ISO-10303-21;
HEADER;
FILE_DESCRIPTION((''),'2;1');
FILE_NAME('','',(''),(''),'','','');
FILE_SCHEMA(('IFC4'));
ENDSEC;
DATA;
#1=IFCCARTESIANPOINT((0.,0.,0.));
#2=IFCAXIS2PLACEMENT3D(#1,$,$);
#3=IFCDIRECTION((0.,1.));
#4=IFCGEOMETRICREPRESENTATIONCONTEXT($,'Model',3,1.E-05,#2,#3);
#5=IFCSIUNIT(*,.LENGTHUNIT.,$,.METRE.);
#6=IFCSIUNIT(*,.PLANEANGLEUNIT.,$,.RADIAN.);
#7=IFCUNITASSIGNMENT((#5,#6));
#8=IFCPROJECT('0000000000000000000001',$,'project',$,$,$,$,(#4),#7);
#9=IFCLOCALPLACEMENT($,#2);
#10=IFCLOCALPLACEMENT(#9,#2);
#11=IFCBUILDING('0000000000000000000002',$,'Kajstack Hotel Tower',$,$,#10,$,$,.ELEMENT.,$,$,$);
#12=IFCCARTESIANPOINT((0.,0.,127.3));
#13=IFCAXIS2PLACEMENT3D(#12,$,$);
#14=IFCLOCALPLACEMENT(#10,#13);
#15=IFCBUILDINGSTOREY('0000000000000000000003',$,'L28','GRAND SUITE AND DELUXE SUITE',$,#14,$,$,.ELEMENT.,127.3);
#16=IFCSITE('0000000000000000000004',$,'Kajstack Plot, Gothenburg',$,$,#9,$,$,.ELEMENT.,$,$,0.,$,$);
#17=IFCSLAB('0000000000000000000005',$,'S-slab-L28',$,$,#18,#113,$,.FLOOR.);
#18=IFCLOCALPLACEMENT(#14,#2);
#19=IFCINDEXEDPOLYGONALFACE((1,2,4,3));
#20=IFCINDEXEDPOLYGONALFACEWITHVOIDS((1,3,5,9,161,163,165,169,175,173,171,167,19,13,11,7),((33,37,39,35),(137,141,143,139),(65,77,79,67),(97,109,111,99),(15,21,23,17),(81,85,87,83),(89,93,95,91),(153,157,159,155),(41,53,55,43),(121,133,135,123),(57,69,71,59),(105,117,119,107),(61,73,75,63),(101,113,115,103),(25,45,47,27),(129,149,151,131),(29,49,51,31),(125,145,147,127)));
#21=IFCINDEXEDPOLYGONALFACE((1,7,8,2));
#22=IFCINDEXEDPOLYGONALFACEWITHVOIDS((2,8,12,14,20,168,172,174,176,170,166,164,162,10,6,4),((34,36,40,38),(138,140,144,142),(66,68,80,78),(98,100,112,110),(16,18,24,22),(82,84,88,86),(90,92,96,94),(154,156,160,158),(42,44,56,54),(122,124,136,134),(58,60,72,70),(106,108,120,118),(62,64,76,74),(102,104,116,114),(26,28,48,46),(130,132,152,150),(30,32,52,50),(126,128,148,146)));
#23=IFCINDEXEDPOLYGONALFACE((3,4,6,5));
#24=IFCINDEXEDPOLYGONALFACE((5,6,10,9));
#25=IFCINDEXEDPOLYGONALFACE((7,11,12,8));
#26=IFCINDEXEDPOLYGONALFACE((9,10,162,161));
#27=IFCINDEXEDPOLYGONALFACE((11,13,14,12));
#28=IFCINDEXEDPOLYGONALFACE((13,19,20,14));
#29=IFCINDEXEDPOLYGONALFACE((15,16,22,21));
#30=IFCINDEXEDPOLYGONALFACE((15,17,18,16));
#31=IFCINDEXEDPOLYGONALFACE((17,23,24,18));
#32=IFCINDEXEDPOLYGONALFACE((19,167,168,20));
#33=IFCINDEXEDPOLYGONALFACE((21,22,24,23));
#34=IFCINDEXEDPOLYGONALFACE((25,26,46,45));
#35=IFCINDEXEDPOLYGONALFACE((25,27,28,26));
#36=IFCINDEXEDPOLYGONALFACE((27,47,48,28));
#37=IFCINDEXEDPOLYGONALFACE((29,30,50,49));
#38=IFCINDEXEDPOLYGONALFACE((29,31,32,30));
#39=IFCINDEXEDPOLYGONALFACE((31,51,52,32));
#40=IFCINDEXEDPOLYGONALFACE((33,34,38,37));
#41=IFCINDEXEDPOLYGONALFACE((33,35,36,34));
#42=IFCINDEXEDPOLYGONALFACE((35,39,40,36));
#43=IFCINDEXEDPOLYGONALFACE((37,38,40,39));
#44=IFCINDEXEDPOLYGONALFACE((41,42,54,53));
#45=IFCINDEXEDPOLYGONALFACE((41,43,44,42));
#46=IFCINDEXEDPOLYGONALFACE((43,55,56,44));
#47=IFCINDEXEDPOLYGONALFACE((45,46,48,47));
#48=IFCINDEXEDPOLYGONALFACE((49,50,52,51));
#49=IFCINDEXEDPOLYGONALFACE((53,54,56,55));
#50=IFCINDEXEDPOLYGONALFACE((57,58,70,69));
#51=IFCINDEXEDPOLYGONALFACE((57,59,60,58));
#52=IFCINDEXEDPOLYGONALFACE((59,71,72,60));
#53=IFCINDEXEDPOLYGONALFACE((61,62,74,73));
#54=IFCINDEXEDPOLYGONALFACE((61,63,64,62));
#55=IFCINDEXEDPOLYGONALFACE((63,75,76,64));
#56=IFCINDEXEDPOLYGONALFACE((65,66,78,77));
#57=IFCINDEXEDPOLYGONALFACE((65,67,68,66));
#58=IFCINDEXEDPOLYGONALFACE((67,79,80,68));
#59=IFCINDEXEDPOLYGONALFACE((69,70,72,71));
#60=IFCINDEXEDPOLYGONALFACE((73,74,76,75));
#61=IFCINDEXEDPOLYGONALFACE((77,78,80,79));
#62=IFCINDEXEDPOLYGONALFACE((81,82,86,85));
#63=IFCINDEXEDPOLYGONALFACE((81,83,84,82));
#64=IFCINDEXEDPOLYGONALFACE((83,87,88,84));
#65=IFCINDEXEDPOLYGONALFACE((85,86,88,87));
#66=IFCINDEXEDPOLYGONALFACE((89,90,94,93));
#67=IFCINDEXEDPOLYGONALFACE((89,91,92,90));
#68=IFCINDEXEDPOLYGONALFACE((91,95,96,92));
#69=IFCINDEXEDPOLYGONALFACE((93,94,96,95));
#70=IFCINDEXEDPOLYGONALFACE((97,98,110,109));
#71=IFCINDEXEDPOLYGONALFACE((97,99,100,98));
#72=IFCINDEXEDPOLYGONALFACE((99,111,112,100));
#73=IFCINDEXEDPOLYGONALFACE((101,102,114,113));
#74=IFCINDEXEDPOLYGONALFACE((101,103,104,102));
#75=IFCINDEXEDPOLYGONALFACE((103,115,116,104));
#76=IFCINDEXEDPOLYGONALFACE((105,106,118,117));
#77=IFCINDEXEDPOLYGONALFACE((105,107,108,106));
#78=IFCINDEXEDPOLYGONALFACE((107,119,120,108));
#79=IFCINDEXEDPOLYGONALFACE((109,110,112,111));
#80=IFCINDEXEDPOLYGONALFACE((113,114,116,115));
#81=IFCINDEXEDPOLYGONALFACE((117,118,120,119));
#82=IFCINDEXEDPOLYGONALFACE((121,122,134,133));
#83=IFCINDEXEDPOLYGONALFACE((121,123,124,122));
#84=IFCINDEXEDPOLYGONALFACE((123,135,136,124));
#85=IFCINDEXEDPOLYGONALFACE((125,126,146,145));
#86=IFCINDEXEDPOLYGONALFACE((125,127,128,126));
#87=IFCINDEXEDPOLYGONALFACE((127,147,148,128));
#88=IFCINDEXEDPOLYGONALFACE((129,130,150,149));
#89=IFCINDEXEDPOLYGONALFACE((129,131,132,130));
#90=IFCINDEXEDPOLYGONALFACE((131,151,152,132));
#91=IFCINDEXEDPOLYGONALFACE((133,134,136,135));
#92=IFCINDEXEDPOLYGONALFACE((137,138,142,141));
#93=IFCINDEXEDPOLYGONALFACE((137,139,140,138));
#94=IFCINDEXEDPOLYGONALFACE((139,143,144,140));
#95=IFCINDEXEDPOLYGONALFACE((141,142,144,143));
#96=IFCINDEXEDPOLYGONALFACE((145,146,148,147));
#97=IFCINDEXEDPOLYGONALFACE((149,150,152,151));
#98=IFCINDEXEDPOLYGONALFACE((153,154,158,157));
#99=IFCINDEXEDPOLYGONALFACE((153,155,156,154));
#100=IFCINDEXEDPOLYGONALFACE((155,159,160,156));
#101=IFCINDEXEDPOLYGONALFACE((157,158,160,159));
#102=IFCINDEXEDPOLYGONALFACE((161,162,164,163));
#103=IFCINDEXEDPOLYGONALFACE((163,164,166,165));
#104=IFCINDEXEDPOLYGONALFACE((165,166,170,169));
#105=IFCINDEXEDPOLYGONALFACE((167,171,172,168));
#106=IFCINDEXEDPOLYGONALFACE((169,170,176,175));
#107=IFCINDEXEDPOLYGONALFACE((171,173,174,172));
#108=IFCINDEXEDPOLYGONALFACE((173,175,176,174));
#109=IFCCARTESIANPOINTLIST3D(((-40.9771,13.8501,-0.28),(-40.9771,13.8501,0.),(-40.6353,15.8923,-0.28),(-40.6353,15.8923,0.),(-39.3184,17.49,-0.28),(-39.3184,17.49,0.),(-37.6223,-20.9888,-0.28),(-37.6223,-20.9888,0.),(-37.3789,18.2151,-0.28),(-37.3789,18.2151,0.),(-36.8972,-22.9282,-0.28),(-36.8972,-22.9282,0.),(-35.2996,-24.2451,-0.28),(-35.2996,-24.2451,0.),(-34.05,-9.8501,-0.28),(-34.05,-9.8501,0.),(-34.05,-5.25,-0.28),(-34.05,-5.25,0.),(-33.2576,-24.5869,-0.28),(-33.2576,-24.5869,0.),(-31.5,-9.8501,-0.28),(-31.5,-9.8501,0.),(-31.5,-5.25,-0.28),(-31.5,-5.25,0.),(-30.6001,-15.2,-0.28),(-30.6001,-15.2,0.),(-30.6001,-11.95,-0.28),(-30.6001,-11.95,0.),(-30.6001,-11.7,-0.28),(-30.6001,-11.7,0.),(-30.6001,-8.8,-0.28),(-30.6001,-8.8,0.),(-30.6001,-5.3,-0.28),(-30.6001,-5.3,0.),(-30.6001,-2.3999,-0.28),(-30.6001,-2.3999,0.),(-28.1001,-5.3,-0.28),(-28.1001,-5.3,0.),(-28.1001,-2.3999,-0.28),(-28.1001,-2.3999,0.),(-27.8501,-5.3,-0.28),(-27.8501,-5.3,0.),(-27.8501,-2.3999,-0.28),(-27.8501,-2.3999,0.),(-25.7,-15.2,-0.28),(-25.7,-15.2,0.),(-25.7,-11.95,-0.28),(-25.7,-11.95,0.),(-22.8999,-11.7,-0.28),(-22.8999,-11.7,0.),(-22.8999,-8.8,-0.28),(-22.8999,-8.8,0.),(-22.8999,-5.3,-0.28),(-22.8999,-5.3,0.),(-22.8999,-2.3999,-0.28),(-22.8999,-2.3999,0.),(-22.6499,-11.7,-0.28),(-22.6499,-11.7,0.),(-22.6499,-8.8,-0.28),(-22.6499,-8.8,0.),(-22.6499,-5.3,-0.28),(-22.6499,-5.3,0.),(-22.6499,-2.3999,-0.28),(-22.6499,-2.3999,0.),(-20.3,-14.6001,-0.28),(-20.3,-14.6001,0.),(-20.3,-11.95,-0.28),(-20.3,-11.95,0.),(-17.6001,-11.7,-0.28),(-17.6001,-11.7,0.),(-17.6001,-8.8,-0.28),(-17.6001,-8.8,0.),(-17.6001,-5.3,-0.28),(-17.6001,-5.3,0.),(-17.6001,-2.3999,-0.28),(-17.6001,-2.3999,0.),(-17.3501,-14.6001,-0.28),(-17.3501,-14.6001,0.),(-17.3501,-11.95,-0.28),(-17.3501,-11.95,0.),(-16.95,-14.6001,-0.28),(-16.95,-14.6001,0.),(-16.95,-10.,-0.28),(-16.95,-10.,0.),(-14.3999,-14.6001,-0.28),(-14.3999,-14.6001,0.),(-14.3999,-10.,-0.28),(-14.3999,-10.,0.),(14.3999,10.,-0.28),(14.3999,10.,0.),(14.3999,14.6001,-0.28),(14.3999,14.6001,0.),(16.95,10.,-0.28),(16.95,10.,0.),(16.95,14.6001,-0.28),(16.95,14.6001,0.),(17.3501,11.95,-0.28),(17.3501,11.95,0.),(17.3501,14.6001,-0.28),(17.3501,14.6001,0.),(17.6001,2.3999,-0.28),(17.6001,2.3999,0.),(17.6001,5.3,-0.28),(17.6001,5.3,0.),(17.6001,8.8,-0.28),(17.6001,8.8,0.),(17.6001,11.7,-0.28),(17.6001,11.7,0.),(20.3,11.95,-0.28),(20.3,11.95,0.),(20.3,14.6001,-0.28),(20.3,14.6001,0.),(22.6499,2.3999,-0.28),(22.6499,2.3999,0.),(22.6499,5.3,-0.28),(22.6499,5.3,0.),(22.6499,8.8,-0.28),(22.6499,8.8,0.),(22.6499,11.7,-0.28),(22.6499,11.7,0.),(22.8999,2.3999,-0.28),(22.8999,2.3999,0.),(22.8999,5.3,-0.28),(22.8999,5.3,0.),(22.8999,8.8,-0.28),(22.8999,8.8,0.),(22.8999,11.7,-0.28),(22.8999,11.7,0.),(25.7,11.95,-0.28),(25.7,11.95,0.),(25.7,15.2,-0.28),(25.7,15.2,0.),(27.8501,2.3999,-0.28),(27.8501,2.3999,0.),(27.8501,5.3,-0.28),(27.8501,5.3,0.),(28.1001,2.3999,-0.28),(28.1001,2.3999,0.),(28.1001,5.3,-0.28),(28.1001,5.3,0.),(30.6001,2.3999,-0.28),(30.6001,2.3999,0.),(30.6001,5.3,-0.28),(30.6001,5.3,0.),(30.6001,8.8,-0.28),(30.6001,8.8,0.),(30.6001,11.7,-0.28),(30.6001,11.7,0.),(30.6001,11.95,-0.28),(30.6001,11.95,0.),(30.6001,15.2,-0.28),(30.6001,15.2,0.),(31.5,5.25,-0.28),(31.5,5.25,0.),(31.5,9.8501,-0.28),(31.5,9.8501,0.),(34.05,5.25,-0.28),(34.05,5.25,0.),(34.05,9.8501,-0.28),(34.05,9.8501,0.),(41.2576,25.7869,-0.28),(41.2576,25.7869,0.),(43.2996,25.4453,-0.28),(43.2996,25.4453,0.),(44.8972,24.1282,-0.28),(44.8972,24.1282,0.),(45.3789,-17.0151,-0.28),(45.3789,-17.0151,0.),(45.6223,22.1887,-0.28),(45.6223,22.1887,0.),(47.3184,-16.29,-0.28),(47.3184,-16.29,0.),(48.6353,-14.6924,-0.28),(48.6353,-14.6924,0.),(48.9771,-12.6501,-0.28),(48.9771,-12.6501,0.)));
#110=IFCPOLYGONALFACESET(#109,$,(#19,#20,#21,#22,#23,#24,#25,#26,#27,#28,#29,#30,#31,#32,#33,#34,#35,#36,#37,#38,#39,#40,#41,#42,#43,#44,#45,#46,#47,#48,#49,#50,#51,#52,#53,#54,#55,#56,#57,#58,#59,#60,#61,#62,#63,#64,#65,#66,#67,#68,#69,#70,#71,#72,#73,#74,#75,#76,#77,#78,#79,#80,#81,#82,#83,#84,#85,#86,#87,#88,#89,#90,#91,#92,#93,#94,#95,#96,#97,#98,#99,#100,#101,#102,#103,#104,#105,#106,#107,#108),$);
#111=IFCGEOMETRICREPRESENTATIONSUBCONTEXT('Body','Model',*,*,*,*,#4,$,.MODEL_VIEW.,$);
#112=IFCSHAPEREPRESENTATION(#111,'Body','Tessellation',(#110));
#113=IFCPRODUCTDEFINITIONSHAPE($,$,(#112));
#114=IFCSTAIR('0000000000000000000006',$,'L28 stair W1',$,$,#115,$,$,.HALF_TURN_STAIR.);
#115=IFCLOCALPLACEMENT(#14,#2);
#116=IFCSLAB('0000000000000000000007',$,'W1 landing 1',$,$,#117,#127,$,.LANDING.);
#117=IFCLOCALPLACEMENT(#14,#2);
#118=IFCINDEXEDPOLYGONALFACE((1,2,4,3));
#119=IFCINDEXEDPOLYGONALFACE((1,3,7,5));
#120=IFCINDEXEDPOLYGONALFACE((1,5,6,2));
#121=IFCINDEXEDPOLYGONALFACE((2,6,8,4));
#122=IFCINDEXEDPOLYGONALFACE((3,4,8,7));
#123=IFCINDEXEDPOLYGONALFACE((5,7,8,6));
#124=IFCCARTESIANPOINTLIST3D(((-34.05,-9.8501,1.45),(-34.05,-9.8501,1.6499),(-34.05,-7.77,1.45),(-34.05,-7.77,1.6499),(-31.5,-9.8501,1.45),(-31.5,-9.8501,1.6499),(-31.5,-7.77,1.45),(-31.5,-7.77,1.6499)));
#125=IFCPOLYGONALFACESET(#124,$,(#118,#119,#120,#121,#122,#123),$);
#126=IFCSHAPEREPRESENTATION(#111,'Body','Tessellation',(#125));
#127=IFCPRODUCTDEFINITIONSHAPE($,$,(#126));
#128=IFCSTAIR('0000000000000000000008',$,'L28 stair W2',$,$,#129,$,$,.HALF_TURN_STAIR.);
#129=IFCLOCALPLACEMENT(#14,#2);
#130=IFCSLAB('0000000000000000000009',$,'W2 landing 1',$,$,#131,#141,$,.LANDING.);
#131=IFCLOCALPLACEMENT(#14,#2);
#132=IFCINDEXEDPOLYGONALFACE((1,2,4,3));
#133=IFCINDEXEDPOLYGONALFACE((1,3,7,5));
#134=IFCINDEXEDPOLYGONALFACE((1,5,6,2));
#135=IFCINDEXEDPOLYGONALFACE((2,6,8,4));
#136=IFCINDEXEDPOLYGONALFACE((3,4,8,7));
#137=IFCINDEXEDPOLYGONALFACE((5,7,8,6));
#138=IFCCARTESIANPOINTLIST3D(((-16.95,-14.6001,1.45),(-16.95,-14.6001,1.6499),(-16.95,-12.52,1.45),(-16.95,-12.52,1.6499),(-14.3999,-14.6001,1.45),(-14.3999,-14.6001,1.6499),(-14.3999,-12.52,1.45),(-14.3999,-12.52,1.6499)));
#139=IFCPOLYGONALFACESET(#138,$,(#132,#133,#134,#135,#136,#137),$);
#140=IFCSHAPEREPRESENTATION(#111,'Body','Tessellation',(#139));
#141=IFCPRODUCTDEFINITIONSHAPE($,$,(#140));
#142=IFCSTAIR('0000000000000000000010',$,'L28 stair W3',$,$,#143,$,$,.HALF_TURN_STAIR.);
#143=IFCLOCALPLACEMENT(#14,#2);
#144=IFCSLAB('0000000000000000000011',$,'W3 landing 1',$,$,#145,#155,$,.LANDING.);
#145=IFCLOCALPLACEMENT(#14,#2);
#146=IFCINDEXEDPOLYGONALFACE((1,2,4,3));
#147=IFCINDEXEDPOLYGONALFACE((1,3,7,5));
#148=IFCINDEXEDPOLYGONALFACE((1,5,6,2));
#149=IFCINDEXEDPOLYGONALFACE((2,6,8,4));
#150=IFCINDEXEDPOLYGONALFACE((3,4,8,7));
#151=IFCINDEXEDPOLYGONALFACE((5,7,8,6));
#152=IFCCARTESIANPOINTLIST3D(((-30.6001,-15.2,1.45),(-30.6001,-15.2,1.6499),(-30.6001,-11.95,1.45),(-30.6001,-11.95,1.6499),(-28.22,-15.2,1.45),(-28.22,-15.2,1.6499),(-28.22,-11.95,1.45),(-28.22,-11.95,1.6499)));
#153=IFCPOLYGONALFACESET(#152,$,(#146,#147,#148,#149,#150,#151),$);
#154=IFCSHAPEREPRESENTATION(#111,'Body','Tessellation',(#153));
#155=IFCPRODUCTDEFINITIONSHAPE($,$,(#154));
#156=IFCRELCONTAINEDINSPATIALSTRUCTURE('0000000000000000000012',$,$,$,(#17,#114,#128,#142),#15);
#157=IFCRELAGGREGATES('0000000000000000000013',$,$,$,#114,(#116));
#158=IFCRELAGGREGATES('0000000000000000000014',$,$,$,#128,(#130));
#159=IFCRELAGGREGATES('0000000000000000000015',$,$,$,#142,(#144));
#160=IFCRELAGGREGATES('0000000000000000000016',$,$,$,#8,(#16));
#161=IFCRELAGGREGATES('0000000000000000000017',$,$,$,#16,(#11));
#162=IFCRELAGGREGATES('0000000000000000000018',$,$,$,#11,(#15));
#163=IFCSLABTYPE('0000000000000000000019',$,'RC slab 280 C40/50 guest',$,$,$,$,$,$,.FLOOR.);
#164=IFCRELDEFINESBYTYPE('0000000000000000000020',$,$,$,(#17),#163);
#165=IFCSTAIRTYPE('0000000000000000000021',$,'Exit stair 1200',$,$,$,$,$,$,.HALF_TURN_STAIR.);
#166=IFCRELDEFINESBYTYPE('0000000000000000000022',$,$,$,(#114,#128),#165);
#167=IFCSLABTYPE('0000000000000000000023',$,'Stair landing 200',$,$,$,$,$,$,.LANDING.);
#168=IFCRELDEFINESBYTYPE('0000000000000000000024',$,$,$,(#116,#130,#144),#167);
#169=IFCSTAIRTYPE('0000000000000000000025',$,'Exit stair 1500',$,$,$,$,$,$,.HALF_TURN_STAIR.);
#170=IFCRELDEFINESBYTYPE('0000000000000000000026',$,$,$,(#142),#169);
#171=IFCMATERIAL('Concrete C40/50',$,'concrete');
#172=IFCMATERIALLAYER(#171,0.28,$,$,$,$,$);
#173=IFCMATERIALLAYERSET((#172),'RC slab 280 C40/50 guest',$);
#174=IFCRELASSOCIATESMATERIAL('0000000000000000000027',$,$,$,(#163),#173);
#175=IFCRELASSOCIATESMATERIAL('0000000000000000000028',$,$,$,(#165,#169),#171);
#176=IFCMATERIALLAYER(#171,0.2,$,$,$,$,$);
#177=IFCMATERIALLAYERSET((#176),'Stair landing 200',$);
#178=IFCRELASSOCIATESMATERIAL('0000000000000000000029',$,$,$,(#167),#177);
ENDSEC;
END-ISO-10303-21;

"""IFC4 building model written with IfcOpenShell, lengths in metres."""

from ifc_helpers import new_model, si_unit, direction, frame, origin, place, context, subcontext, project, spatial, polyline, outline, extrude, material, layer, layer_set, type_object, element, aggregate, save


model = new_model("IFC4")

# Units and contexts
model_context = context("Model", 3, precision=1e-05, world=origin(), true_north=direction((0.0, 1.0)))
body_context = subcontext(model_context, "Body", "Model", "MODEL_VIEW")
ifc_project = project(units=[si_unit("LENGTHUNIT", "METRE"), si_unit("PLANEANGLEUNIT", "RADIAN")], contexts=[model_context])

# Site, building, storey
site_placement = place(None, origin())
site = spatial("IfcSite", under=ifc_project, at=site_placement, Name="Kajstack Plot, Gothenburg", CompositionType="ELEMENT", RefElevation=0.0)
building_placement = place(site_placement, origin())
building = spatial("IfcBuilding", under=site, at=building_placement, Name="Kajstack Hotel Tower", CompositionType="ELEMENT")
storey_placement = place(building_placement, frame((0.0, 0.0, 127.3)))
storey = spatial("IfcBuildingStorey", under=building, at=storey_placement, Name="L28", Description="GRAND SUITE AND DELUXE SUITE", CompositionType="ELEMENT", Elevation=127.3)

# Slab
ifc_material_1 = material(Name="Concrete C40/50", Category="concrete")
ifc_layer_1 = layer(ifc_material_1, 0.28)
ifc_layer_set_1 = layer_set([ifc_layer_1], Name="RC slab 280 C40/50 guest")
slab_type_1 = type_object("IfcSlabType", Name="RC slab 280 C40/50 guest", PredefinedType="FLOOR", material=ifc_layer_set_1)
slab_1_placement = place(storey_placement, frame((0.0, 0.0, -0.28)))
element("IfcSlab", 1, at=slab_1_placement, inside=storey, type_object=slab_type_1, Name="S-slab-L28", PredefinedType="FLOOR", context=body_context, shape_type="SweptSolid", body=[
    extrude(outline(polyline([(-40.9771, 13.8501), (-37.6223, -20.9888), (-36.8972, -22.9282), (-35.2996, -24.2451), (-33.2576, -24.5869), (45.3789, -17.0151), (47.3184, -16.29), (48.6353, -14.6924), (48.9771, -12.6501), (45.6223, 22.1887), (44.8972, 24.1282), (43.2996, 25.4453), (41.2576, 25.7869), (-37.3789, 18.2151), (-39.3184, 17.49), (-40.6353, 15.8923), (-40.9771, 13.8501)]), holes=[polyline([(-30.6001, -11.7), (-30.6001, -8.8), (-22.8999, -8.8), (-22.8999, -11.7), (-30.6001, -11.7)]), polyline([(-22.6499, -11.7), (-22.6499, -8.8), (-17.6001, -8.8), (-17.6001, -11.7), (-22.6499, -11.7)]), polyline([(-27.8501, -5.3), (-27.8501, -2.3999), (-22.8999, -2.3999), (-22.8999, -5.3), (-27.8501, -5.3)]), polyline([(-22.6499, -5.3), (-22.6499, -2.3999), (-17.6001, -2.3999), (-17.6001, -5.3), (-22.6499, -5.3)]), polyline([(-20.3, -14.6001), (-17.3501, -14.6001), (-17.3501, -11.95), (-20.3, -11.95), (-20.3, -14.6001)]), polyline([(-30.6001, -5.3), (-28.1001, -5.3), (-28.1001, -2.3999), (-30.6001, -2.3999), (-30.6001, -5.3)]), polyline([(22.8999, 8.8), (22.8999, 11.7), (30.6001, 11.7), (30.6001, 8.8), (22.8999, 8.8)]), polyline([(17.6001, 8.8), (17.6001, 11.7), (22.6499, 11.7), (22.6499, 8.8), (17.6001, 8.8)]), polyline([(22.8999, 2.3999), (22.8999, 5.3), (27.8501, 5.3), (27.8501, 2.3999), (22.8999, 2.3999)]), polyline([(17.6001, 2.3999), (17.6001, 5.3), (22.6499, 5.3), (22.6499, 2.3999), (17.6001, 2.3999)]), polyline([(20.3, 14.6001), (17.3501, 14.6001), (17.3501, 11.95), (20.3, 11.95), (20.3, 14.6001)]), polyline([(30.6001, 5.3), (28.1001, 5.3), (28.1001, 2.3999), (30.6001, 2.3999), (30.6001, 5.3)]), polyline([(-34.05, -9.8501), (-31.5, -9.8501), (-31.5, -5.25), (-34.05, -5.25), (-34.05, -9.8501)]), polyline([(-16.95, -14.6001), (-14.3999, -14.6001), (-14.3999, -10.0), (-16.95, -10.0), (-16.95, -14.6001)]), polyline([(-30.6001, -15.2), (-25.7, -15.2), (-25.7, -11.95), (-30.6001, -11.95), (-30.6001, -15.2)]), polyline([(34.05, 9.8501), (31.5, 9.8501), (31.5, 5.25), (34.05, 5.25), (34.05, 9.8501)]), polyline([(16.95, 14.6001), (14.3999, 14.6001), (14.3999, 10.0), (16.95, 10.0), (16.95, 14.6001)]), polyline([(30.6001, 15.2), (25.7, 15.2), (25.7, 11.95), (30.6001, 11.95), (30.6001, 15.2)])]), origin(), (0.0, 0.0, 1.0), 0.28),
])

# Stairs, slabs
stair_type_1 = type_object("IfcStairType", Name="Exit stair 1200", PredefinedType="HALF_TURN_STAIR", material=ifc_material_1)
stair_1_placement = place(storey_placement, origin())
stair_1 = element("IfcStair", 2, at=stair_1_placement, inside=storey, type_object=stair_type_1, Name="L28 stair W1", PredefinedType="HALF_TURN_STAIR")
ifc_layer_2 = layer(ifc_material_1, 0.2)
ifc_layer_set_2 = layer_set([ifc_layer_2], Name="Stair landing 200")
slab_type_2 = type_object("IfcSlabType", Name="Stair landing 200", PredefinedType="LANDING", material=ifc_layer_set_2)
slab_2_placement = place(storey_placement, frame((0.0, 0.0, 1.45)))
slab_2 = element("IfcSlab", 3, at=slab_2_placement, type_object=slab_type_2, Name="W1 landing 1", PredefinedType="LANDING", context=body_context, shape_type="SweptSolid", body=[
    extrude(outline(polyline([(-34.05, -7.77), (-34.05, -9.8501), (-31.5, -9.8501), (-31.5, -7.77), (-34.05, -7.77)])), origin(), (0.0, 0.0, 1.0), 0.2),
])
aggregate(stair_1, [slab_2])
stair_2_placement = place(storey_placement, origin())
stair_2 = element("IfcStair", 4, at=stair_2_placement, inside=storey, type_object=stair_type_1, Name="L28 stair W2", PredefinedType="HALF_TURN_STAIR")
slab_3_placement = place(storey_placement, frame((0.0, 0.0, 1.45)))
slab_3 = element("IfcSlab", 5, at=slab_3_placement, type_object=slab_type_2, Name="W2 landing 1", PredefinedType="LANDING", context=body_context, shape_type="SweptSolid", body=[
    extrude(outline(polyline([(-16.95, -12.52), (-16.95, -14.6001), (-14.3999, -14.6001), (-14.3999, -12.52), (-16.95, -12.52)])), origin(), (0.0, 0.0, 1.0), 0.2),
])
aggregate(stair_2, [slab_3])
stair_type_2 = type_object("IfcStairType", Name="Exit stair 1500", PredefinedType="HALF_TURN_STAIR", material=ifc_material_1)
stair_3_placement = place(storey_placement, origin())
stair_3 = element("IfcStair", 6, at=stair_3_placement, inside=storey, type_object=stair_type_2, Name="L28 stair W3", PredefinedType="HALF_TURN_STAIR")
slab_4_placement = place(storey_placement, frame((0.0, 0.0, 1.45)))
slab_4 = element("IfcSlab", 7, at=slab_4_placement, type_object=slab_type_2, Name="W3 landing 1", PredefinedType="LANDING", context=body_context, shape_type="SweptSolid", body=[
    extrude(outline(polyline([(-28.22, -11.95), (-30.6001, -11.95), (-30.6001, -15.2), (-28.22, -15.2), (-28.22, -11.95)])), origin(), (0.0, 0.0, 1.0), 0.2),
])
aggregate(stair_3, [slab_4])

save(model, "model.ifc")
